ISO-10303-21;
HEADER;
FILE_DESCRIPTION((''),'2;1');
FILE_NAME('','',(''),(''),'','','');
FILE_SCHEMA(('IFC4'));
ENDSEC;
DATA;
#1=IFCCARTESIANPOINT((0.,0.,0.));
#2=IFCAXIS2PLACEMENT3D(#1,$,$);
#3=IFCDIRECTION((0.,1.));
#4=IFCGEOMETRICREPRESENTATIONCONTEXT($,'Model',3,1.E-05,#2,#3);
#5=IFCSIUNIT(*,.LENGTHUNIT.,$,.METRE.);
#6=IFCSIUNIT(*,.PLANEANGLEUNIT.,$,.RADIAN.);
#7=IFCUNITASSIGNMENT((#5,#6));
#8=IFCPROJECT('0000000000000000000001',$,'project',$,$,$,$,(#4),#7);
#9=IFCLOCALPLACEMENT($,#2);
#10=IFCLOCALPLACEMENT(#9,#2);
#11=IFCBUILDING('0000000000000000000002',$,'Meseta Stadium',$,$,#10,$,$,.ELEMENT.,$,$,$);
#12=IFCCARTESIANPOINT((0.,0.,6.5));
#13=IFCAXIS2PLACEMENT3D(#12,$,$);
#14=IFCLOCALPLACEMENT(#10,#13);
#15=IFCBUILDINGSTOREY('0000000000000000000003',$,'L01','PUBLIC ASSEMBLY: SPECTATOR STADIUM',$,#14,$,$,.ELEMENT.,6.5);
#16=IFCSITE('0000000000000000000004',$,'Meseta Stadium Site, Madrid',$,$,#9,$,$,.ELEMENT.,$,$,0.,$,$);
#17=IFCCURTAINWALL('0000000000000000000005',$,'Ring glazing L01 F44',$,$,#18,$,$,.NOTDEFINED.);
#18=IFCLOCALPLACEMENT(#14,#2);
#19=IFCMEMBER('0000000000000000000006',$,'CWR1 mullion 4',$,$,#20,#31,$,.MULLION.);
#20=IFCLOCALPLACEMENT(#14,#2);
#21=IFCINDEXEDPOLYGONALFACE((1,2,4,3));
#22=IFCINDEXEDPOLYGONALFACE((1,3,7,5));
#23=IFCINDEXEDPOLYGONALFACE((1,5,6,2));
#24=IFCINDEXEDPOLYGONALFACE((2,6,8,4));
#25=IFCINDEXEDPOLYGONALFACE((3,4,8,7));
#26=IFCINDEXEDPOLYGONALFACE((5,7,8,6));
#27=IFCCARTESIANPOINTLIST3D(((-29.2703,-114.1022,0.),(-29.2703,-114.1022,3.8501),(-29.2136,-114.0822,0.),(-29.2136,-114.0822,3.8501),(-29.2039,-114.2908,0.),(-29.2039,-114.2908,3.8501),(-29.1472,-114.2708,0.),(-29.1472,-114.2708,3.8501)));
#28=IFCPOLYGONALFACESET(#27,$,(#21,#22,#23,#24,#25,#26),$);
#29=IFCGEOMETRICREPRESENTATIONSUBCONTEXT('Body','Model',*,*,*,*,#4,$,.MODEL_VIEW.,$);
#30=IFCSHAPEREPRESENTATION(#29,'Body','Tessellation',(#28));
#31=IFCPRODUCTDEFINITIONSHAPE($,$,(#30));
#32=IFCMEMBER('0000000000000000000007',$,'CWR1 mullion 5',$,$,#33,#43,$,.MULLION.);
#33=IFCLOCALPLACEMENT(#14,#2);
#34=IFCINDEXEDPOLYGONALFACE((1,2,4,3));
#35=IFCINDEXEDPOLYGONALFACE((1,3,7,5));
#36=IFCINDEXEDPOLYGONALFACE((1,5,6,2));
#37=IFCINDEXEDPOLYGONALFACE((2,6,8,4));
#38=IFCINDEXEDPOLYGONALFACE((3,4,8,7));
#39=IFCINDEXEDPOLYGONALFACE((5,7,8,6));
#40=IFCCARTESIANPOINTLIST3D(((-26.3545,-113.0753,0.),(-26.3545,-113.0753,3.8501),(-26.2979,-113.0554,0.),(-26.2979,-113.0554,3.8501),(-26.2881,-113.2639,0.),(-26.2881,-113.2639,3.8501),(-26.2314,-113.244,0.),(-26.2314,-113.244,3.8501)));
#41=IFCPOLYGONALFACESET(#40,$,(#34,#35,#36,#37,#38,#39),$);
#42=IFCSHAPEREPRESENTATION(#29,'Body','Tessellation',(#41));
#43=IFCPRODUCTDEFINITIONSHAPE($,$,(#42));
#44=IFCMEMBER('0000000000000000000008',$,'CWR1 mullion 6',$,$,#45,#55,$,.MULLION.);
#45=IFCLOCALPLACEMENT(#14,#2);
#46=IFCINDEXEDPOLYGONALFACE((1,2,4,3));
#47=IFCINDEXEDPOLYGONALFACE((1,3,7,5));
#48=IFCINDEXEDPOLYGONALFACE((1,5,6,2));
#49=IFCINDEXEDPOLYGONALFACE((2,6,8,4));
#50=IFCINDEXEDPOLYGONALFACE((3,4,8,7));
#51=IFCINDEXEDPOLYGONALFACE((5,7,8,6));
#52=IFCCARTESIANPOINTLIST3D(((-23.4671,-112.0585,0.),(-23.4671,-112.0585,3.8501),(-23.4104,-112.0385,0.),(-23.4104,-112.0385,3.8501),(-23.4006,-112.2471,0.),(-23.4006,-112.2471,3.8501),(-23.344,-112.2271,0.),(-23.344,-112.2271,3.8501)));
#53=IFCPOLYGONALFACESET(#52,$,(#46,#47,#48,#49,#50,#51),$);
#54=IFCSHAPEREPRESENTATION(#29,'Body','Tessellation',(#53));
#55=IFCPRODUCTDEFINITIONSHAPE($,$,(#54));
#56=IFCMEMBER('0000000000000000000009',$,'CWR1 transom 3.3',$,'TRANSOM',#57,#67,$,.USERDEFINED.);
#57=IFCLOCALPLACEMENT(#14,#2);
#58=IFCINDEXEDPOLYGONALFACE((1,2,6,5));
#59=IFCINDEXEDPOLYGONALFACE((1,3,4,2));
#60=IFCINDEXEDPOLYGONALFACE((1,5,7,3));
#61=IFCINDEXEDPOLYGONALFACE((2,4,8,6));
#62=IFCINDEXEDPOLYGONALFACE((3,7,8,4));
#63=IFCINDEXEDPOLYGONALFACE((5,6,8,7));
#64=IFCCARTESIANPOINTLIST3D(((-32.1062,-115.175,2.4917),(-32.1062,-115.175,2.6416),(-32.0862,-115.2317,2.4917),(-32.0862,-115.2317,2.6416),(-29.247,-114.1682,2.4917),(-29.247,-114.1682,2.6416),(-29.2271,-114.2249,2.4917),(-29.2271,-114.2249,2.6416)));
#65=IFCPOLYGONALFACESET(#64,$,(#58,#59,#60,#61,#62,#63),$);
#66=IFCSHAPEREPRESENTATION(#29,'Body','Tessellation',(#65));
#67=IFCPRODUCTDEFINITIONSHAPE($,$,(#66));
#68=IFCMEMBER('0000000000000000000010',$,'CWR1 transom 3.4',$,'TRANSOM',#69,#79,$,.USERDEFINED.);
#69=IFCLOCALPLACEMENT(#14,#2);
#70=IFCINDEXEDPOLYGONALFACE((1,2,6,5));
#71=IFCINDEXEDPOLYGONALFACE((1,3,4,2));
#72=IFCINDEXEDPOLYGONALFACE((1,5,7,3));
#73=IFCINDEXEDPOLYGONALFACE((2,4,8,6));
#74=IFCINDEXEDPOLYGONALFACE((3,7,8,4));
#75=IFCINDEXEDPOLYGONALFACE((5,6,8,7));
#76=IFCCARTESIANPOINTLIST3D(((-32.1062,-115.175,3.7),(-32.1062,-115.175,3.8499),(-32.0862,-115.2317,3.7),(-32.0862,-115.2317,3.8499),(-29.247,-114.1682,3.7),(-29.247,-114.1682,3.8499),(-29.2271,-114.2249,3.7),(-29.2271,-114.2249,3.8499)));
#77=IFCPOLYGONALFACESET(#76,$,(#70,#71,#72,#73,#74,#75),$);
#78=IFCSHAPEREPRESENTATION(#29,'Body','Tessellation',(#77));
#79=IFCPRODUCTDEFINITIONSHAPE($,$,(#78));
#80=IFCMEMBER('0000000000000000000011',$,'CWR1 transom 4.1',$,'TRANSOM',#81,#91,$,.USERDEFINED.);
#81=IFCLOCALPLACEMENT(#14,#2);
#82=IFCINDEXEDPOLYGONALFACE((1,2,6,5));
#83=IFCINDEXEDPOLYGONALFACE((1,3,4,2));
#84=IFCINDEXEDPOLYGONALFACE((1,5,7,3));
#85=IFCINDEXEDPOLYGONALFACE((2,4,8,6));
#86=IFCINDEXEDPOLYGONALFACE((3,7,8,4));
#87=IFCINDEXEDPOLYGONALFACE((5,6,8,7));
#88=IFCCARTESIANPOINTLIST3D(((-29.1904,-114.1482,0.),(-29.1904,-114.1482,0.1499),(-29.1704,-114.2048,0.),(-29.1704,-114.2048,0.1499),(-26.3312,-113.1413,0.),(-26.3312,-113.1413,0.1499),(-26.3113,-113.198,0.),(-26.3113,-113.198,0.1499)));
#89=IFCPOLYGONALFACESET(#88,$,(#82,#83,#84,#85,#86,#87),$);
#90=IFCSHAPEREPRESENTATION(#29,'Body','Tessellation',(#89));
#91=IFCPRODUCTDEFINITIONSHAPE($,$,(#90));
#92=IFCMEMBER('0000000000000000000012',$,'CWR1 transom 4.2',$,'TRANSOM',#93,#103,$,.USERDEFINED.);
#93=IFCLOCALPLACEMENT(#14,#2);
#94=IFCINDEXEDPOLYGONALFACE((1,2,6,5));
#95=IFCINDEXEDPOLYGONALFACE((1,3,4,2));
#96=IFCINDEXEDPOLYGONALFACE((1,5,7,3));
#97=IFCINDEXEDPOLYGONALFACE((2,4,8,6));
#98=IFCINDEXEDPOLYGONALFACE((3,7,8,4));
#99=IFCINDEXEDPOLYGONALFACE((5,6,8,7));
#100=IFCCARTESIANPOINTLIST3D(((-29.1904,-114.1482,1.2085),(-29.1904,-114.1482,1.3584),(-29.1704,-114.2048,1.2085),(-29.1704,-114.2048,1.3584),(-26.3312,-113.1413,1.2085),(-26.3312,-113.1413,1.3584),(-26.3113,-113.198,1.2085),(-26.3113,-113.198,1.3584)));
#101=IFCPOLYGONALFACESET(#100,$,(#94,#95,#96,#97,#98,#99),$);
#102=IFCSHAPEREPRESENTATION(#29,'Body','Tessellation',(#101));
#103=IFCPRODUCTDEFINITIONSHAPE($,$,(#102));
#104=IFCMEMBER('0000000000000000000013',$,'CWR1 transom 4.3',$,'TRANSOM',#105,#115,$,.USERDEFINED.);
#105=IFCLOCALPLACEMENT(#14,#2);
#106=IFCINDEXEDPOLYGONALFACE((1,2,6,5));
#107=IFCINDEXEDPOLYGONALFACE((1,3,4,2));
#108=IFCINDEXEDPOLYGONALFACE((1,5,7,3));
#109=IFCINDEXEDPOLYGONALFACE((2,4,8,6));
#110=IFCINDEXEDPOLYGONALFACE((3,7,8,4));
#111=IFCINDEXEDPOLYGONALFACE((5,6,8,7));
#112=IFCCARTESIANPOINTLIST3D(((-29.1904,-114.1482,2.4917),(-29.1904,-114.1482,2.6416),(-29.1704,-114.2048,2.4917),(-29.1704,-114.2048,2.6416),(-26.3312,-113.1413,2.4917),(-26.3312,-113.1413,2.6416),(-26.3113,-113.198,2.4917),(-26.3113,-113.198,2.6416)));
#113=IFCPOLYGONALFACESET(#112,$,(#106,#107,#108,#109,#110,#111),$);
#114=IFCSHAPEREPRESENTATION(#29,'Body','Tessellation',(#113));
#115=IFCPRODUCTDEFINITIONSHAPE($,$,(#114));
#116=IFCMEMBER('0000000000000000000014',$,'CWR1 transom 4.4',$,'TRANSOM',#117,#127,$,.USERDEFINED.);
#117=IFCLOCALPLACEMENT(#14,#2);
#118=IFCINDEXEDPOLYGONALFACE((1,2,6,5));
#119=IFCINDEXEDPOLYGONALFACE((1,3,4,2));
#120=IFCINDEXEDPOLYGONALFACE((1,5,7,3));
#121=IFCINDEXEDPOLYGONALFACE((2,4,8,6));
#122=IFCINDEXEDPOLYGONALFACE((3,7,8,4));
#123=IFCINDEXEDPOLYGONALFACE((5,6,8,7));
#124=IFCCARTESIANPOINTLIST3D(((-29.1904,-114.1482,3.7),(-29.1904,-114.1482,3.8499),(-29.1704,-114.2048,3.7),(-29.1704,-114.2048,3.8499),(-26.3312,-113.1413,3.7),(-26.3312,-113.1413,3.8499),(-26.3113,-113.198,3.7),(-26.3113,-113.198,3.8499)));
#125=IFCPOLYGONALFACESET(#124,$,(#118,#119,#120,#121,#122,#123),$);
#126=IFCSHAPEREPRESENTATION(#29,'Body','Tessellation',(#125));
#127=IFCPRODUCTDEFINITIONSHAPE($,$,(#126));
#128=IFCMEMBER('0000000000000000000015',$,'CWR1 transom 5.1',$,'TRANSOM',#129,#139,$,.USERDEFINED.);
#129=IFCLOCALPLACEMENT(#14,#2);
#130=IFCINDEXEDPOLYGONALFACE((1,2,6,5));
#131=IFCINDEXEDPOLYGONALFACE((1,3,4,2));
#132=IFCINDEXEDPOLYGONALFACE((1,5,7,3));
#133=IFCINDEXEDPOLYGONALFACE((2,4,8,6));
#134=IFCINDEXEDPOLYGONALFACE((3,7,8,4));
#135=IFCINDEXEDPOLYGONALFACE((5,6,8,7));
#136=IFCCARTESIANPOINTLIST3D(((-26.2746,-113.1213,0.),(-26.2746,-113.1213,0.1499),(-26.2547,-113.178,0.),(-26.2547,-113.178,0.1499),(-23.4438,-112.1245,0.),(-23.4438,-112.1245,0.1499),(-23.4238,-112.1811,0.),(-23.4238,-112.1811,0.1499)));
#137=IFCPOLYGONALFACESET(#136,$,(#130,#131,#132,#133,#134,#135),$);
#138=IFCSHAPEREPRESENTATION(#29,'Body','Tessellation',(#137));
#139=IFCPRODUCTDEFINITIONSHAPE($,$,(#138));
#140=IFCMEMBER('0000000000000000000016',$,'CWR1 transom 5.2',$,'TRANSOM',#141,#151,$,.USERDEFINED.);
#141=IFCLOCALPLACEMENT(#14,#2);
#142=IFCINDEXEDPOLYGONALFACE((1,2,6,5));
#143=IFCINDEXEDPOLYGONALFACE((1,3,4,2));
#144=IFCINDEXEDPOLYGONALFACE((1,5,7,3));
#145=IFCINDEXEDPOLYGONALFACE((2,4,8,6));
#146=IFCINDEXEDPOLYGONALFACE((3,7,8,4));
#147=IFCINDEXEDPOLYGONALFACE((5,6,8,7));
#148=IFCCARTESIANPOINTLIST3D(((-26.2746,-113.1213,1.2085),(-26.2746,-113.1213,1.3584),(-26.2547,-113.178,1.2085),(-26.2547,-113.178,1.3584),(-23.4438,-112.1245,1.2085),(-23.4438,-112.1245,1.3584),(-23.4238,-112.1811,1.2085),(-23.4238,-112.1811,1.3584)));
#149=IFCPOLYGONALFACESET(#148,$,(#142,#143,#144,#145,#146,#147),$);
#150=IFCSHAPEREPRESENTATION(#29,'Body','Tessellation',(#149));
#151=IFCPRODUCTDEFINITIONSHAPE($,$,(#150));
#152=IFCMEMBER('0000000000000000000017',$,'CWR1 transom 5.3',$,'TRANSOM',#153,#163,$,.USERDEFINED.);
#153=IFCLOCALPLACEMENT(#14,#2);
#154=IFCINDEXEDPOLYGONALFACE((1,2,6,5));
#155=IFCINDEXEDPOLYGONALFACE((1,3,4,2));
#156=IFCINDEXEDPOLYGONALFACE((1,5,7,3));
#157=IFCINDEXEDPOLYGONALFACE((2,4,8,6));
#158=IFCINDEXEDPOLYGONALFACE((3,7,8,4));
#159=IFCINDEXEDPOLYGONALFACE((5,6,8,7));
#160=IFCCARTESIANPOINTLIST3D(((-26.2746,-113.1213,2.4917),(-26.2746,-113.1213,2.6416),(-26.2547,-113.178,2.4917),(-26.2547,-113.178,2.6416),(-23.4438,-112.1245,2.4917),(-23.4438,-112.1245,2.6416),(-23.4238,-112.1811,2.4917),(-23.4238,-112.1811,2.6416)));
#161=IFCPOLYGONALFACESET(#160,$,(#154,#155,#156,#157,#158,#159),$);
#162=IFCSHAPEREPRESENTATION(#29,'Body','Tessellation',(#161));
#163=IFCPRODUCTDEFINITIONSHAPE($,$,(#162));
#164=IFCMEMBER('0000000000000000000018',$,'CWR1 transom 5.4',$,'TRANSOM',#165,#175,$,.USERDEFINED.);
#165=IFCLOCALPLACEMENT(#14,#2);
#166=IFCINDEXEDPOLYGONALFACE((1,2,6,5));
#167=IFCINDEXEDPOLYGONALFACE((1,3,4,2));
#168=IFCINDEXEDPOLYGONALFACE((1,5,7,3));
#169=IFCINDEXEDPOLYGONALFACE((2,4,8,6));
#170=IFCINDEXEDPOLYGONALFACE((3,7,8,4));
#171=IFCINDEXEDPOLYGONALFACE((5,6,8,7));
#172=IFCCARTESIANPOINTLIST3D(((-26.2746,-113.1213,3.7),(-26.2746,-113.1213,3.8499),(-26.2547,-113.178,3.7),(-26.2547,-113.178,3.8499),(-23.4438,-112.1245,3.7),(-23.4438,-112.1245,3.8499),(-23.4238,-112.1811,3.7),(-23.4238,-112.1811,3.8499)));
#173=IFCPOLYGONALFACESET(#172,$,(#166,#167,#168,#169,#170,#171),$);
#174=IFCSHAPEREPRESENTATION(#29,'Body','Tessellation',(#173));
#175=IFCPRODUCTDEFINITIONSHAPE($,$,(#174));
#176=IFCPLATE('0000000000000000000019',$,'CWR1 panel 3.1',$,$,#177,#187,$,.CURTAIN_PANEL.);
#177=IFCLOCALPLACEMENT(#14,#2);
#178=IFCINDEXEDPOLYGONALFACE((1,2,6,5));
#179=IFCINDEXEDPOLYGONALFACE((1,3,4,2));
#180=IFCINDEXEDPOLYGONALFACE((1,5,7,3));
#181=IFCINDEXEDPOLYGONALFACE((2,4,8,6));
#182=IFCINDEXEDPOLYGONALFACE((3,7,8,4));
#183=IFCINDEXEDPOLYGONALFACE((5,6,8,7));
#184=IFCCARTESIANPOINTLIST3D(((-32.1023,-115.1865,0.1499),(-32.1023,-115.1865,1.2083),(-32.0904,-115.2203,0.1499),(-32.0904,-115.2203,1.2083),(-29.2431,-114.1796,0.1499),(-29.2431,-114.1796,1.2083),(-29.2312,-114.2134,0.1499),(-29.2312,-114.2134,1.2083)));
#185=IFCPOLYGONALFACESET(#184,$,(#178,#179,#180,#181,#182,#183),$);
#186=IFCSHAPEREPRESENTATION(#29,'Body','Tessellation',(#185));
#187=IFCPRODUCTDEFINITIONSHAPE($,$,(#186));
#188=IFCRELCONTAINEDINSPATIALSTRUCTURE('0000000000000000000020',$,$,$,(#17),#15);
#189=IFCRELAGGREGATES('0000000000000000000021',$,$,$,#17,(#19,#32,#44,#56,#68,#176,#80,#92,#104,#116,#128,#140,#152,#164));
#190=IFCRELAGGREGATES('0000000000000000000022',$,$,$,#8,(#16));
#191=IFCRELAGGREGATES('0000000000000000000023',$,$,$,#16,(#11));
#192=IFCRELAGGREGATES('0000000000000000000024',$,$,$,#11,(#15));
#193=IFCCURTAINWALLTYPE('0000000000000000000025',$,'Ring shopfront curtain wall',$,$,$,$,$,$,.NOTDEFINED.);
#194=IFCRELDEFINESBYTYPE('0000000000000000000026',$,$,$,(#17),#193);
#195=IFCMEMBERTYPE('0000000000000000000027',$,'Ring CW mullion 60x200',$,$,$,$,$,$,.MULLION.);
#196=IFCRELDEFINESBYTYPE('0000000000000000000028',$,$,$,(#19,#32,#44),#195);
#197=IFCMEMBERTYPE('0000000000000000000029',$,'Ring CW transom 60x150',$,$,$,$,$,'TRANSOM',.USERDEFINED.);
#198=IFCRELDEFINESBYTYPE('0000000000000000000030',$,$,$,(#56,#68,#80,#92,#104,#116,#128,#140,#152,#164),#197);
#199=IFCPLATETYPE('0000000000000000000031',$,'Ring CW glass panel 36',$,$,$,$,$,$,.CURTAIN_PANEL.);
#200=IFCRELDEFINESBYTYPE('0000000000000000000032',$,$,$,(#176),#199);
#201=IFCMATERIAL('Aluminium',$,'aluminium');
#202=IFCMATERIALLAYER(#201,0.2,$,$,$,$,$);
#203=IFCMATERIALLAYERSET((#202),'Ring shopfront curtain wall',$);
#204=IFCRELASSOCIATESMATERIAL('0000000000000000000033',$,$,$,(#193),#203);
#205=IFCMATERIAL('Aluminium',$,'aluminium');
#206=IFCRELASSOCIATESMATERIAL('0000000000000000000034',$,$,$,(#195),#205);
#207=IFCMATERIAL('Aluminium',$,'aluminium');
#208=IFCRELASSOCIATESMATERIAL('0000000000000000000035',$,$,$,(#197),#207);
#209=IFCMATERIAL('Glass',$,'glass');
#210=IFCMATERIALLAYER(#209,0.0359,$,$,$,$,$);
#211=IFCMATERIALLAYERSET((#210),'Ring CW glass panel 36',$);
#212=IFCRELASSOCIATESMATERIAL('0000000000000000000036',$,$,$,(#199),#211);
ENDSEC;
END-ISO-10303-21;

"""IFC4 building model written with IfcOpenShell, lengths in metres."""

from ifc_helpers import new_model, si_unit, direction, frame, origin, origin_2d, place, context, subcontext, project, spatial, rectangle, extrude, material, layer, layer_set, material_profile, profile_set, type_object, element, aggregate, save


model = new_model("IFC4")

# Units and contexts
model_context = context("Model", 3, precision=1e-05, world=origin(), true_north=direction((0.0, 1.0)))
body_context = subcontext(model_context, "Body", "Model", "MODEL_VIEW")
ifc_project = project(units=[si_unit("LENGTHUNIT", "METRE"), si_unit("PLANEANGLEUNIT", "RADIAN")], contexts=[model_context])

# Site, building, storey
site_placement = place(None, origin())
site = spatial("IfcSite", under=ifc_project, at=site_placement, Name="Meseta Stadium Site, Madrid", CompositionType="ELEMENT", RefElevation=0.0)
building_placement = place(site_placement, origin())
building = spatial("IfcBuilding", under=site, at=building_placement, Name="Meseta Stadium", CompositionType="ELEMENT")
storey_placement = place(building_placement, frame((0.0, 0.0, 6.5)))
storey = spatial("IfcBuildingStorey", under=building, at=storey_placement, Name="L01", Description="PUBLIC ASSEMBLY: SPECTATOR STADIUM", CompositionType="ELEMENT", Elevation=6.5)

# Curtain wall, members, plate
ifc_material_1 = material(Name="Aluminium", Category="aluminium")
ifc_layer_1 = layer(ifc_material_1, 0.2)
ifc_layer_set_1 = layer_set([ifc_layer_1], Name="Ring shopfront curtain wall")
curtain_wall_type = type_object("IfcCurtainWallType", Name="Ring shopfront curtain wall", PredefinedType="NOTDEFINED", material=ifc_layer_set_1)
curtain_wall_placement = place(storey_placement, origin())
curtain_wall = element("IfcCurtainWall", 1, at=curtain_wall_placement, inside=storey, type_object=curtain_wall_type, Name="Ring glazing L01 F44", PredefinedType="NOTDEFINED")
ifc_material_2 = material(Name="Aluminium", Category="aluminium")
ifc_material_profile_1 = material_profile(ifc_material_2, rectangle(XDim=0.2, YDim=0.0601, at=origin_2d()), Name="CW 200x60")
ifc_profile_set_1 = profile_set([ifc_material_profile_1], Name="Aluminium")
member_type_1 = type_object("IfcMemberType", Name="Ring CW mullion 60x200", PredefinedType="MULLION", material=ifc_profile_set_1)
member_1_placement = place(storey_placement, frame((-29.2087, -114.1865, 0.0), z_axis=(0.0, 0.0, 1.0), x_axis=(-0.332174, 0.943218, 0.0)))
member_1 = element("IfcMember", 2, at=member_1_placement, type_object=member_type_1, Name="CWR1 mullion 4", PredefinedType="MULLION", context=body_context, shape_type="SweptSolid", body=[
    extrude(rectangle(XDim=0.2, YDim=0.0601, at=origin_2d()), origin(), (0.0, 0.0, 1.0), 3.8501),
])
member_2_placement = place(storey_placement, frame((-26.293, -113.1597, 0.0), z_axis=(0.0, 0.0, 1.0), x_axis=(-0.332174, 0.943218, 0.0)))
member_2 = element("IfcMember", 3, at=member_2_placement, type_object=member_type_1, Name="CWR1 mullion 5", PredefinedType="MULLION", context=body_context, shape_type="SweptSolid", body=[
    extrude(rectangle(XDim=0.2, YDim=0.0601, at=origin_2d()), origin(), (0.0, 0.0, 1.0), 3.8501),
])
member_3_placement = place(storey_placement, frame((-23.4055, -112.1428, 0.0), z_axis=(0.0, 0.0, 1.0), x_axis=(-0.332174, 0.943218, 0.0)))
member_3 = element("IfcMember", 4, at=member_3_placement, type_object=member_type_1, Name="CWR1 mullion 6", PredefinedType="MULLION", context=body_context, shape_type="SweptSolid", body=[
    extrude(rectangle(XDim=0.2, YDim=0.0601, at=origin_2d()), origin(), (0.0, 0.0, 1.0), 3.8501),
])
ifc_material_3 = material(Name="Aluminium", Category="aluminium")
ifc_material_profile_2 = material_profile(ifc_material_3, rectangle(XDim=0.0601, YDim=0.1499, at=origin_2d()), Name="CW 60x150")
ifc_profile_set_2 = profile_set([ifc_material_profile_2], Name="Aluminium")
member_type_2 = type_object("IfcMemberType", Name="Ring CW transom 60x150", ElementType="TRANSOM", PredefinedType="USERDEFINED", material=ifc_profile_set_2)
member_4_placement = place(storey_placement, frame((-32.0962, -115.2034, 2.5667), z_axis=(0.943225, 0.332154, 0.0), x_axis=(-0.332154, 0.943225, 0.0)))
member_4 = element("IfcMember", 5, at=member_4_placement, type_object=member_type_2, Name="CWR1 transom 3.3", ObjectType="TRANSOM", PredefinedType="USERDEFINED", context=body_context, shape_type="SweptSolid", body=[
    extrude(rectangle(XDim=0.0601, YDim=0.1499, at=origin_2d()), origin(), (0.0, 0.0, 1.0), 3.0312),
])
member_5_placement = place(storey_placement, frame((-32.0962, -115.2034, 3.7749), z_axis=(0.943225, 0.332154, 0.0), x_axis=(-0.332154, 0.943225, 0.0)))
member_5 = element("IfcMember", 6, at=member_5_placement, type_object=member_type_2, Name="CWR1 transom 3.4", ObjectType="TRANSOM", PredefinedType="USERDEFINED", context=body_context, shape_type="SweptSolid", body=[
    extrude(rectangle(XDim=0.0601, YDim=0.1499, at=origin_2d()), origin(), (0.0, 0.0, 1.0), 3.0312),
])
member_6_placement = place(storey_placement, frame((-29.1804, -114.1765, 0.075), z_axis=(0.943225, 0.332154, 0.0), x_axis=(-0.332154, 0.943225, 0.0)))
member_6 = element("IfcMember", 7, at=member_6_placement, type_object=member_type_2, Name="CWR1 transom 4.1", ObjectType="TRANSOM", PredefinedType="USERDEFINED", context=body_context, shape_type="SweptSolid", body=[
    extrude(rectangle(XDim=0.0601, YDim=0.1499, at=origin_2d()), origin(), (0.0, 0.0, 1.0), 3.0312),
])
member_7_placement = place(storey_placement, frame((-29.1804, -114.1765, 1.2834), z_axis=(0.943225, 0.332154, 0.0), x_axis=(-0.332154, 0.943225, 0.0)))
member_7 = element("IfcMember", 8, at=member_7_placement, type_object=member_type_2, Name="CWR1 transom 4.2", ObjectType="TRANSOM", PredefinedType="USERDEFINED", context=body_context, shape_type="SweptSolid", body=[
    extrude(rectangle(XDim=0.0601, YDim=0.1499, at=origin_2d()), origin(), (0.0, 0.0, 1.0), 3.0312),
])
member_8_placement = place(storey_placement, frame((-29.1804, -114.1765, 2.5667), z_axis=(0.943225, 0.332154, 0.0), x_axis=(-0.332154, 0.943225, 0.0)))
member_8 = element("IfcMember", 9, at=member_8_placement, type_object=member_type_2, Name="CWR1 transom 4.3", ObjectType="TRANSOM", PredefinedType="USERDEFINED", context=body_context, shape_type="SweptSolid", body=[
    extrude(rectangle(XDim=0.0601, YDim=0.1499, at=origin_2d()), origin(), (0.0, 0.0, 1.0), 3.0312),
])
member_9_placement = place(storey_placement, frame((-29.1804, -114.1765, 3.7749), z_axis=(0.943225, 0.332154, 0.0), x_axis=(-0.332154, 0.943225, 0.0)))
member_9 = element("IfcMember", 10, at=member_9_placement, type_object=member_type_2, Name="CWR1 transom 4.4", ObjectType="TRANSOM", PredefinedType="USERDEFINED", context=body_context, shape_type="SweptSolid", body=[
    extrude(rectangle(XDim=0.0601, YDim=0.1499, at=origin_2d()), origin(), (0.0, 0.0, 1.0), 3.0312),
])
member_10_placement = place(storey_placement, frame((-26.2646, -113.1497, 0.075), z_axis=(0.943229, 0.332143, 0.0), x_axis=(-0.332143, 0.943229, 0.0)))
member_10 = element("IfcMember", 11, at=member_10_placement, type_object=member_type_2, Name="CWR1 transom 5.1", ObjectType="TRANSOM", PredefinedType="USERDEFINED", context=body_context, shape_type="SweptSolid", body=[
    extrude(rectangle(XDim=0.0601, YDim=0.1499, at=origin_2d()), origin(), (0.0, 0.0, 1.0), 3.0012),
])
member_11_placement = place(storey_placement, frame((-26.2646, -113.1497, 1.2834), z_axis=(0.943229, 0.332143, 0.0), x_axis=(-0.332143, 0.943229, 0.0)))
member_11 = element("IfcMember", 12, at=member_11_placement, type_object=member_type_2, Name="CWR1 transom 5.2", ObjectType="TRANSOM", PredefinedType="USERDEFINED", context=body_context, shape_type="SweptSolid", body=[
    extrude(rectangle(XDim=0.0601, YDim=0.1499, at=origin_2d()), origin(), (0.0, 0.0, 1.0), 3.0012),
])
member_12_placement = place(storey_placement, frame((-26.2646, -113.1497, 2.5667), z_axis=(0.943229, 0.332143, 0.0), x_axis=(-0.332143, 0.943229, 0.0)))
member_12 = element("IfcMember", 13, at=member_12_placement, type_object=member_type_2, Name="CWR1 transom 5.3", ObjectType="TRANSOM", PredefinedType="USERDEFINED", context=body_context, shape_type="SweptSolid", body=[
    extrude(rectangle(XDim=0.0601, YDim=0.1499, at=origin_2d()), origin(), (0.0, 0.0, 1.0), 3.0012),
])
member_13_placement = place(storey_placement, frame((-26.2646, -113.1497, 3.7749), z_axis=(0.943229, 0.332143, 0.0), x_axis=(-0.332143, 0.943229, 0.0)))
member_13 = element("IfcMember", 14, at=member_13_placement, type_object=member_type_2, Name="CWR1 transom 5.4", ObjectType="TRANSOM", PredefinedType="USERDEFINED", context=body_context, shape_type="SweptSolid", body=[
    extrude(rectangle(XDim=0.0601, YDim=0.1499, at=origin_2d()), origin(), (0.0, 0.0, 1.0), 3.0012),
])
ifc_material_4 = material(Name="Glass", Category="glass")
ifc_layer_2 = layer(ifc_material_4, 0.0359)
ifc_layer_set_2 = layer_set([ifc_layer_2], Name="Ring CW glass panel 36")
plate_type_1 = type_object("IfcPlateType", Name="Ring CW glass panel 36", PredefinedType="CURTAIN_PANEL", material=ifc_layer_set_2)
plate_1_placement = place(storey_placement, frame((-30.6667, -114.7, 0.1499), z_axis=(0.0, 0.0, 1.0), x_axis=(0.943218, 0.332174, 0.0)))
plate_1 = element("IfcPlate", 15, at=plate_1_placement, type_object=plate_type_1, Name="CWR1 panel 3.1", PredefinedType="CURTAIN_PANEL", context=body_context, shape_type="SweptSolid", body=[
    extrude(rectangle(XDim=3.0312, YDim=0.0359, at=origin_2d()), origin(), (0.0, 0.0, 1.0), 1.0583),
])
aggregate(curtain_wall, [member_1, member_2, member_3, member_4, member_5, plate_1, member_6, member_7, member_8, member_9, member_10, member_11, member_12, member_13])

save(model, "model.ifc")
